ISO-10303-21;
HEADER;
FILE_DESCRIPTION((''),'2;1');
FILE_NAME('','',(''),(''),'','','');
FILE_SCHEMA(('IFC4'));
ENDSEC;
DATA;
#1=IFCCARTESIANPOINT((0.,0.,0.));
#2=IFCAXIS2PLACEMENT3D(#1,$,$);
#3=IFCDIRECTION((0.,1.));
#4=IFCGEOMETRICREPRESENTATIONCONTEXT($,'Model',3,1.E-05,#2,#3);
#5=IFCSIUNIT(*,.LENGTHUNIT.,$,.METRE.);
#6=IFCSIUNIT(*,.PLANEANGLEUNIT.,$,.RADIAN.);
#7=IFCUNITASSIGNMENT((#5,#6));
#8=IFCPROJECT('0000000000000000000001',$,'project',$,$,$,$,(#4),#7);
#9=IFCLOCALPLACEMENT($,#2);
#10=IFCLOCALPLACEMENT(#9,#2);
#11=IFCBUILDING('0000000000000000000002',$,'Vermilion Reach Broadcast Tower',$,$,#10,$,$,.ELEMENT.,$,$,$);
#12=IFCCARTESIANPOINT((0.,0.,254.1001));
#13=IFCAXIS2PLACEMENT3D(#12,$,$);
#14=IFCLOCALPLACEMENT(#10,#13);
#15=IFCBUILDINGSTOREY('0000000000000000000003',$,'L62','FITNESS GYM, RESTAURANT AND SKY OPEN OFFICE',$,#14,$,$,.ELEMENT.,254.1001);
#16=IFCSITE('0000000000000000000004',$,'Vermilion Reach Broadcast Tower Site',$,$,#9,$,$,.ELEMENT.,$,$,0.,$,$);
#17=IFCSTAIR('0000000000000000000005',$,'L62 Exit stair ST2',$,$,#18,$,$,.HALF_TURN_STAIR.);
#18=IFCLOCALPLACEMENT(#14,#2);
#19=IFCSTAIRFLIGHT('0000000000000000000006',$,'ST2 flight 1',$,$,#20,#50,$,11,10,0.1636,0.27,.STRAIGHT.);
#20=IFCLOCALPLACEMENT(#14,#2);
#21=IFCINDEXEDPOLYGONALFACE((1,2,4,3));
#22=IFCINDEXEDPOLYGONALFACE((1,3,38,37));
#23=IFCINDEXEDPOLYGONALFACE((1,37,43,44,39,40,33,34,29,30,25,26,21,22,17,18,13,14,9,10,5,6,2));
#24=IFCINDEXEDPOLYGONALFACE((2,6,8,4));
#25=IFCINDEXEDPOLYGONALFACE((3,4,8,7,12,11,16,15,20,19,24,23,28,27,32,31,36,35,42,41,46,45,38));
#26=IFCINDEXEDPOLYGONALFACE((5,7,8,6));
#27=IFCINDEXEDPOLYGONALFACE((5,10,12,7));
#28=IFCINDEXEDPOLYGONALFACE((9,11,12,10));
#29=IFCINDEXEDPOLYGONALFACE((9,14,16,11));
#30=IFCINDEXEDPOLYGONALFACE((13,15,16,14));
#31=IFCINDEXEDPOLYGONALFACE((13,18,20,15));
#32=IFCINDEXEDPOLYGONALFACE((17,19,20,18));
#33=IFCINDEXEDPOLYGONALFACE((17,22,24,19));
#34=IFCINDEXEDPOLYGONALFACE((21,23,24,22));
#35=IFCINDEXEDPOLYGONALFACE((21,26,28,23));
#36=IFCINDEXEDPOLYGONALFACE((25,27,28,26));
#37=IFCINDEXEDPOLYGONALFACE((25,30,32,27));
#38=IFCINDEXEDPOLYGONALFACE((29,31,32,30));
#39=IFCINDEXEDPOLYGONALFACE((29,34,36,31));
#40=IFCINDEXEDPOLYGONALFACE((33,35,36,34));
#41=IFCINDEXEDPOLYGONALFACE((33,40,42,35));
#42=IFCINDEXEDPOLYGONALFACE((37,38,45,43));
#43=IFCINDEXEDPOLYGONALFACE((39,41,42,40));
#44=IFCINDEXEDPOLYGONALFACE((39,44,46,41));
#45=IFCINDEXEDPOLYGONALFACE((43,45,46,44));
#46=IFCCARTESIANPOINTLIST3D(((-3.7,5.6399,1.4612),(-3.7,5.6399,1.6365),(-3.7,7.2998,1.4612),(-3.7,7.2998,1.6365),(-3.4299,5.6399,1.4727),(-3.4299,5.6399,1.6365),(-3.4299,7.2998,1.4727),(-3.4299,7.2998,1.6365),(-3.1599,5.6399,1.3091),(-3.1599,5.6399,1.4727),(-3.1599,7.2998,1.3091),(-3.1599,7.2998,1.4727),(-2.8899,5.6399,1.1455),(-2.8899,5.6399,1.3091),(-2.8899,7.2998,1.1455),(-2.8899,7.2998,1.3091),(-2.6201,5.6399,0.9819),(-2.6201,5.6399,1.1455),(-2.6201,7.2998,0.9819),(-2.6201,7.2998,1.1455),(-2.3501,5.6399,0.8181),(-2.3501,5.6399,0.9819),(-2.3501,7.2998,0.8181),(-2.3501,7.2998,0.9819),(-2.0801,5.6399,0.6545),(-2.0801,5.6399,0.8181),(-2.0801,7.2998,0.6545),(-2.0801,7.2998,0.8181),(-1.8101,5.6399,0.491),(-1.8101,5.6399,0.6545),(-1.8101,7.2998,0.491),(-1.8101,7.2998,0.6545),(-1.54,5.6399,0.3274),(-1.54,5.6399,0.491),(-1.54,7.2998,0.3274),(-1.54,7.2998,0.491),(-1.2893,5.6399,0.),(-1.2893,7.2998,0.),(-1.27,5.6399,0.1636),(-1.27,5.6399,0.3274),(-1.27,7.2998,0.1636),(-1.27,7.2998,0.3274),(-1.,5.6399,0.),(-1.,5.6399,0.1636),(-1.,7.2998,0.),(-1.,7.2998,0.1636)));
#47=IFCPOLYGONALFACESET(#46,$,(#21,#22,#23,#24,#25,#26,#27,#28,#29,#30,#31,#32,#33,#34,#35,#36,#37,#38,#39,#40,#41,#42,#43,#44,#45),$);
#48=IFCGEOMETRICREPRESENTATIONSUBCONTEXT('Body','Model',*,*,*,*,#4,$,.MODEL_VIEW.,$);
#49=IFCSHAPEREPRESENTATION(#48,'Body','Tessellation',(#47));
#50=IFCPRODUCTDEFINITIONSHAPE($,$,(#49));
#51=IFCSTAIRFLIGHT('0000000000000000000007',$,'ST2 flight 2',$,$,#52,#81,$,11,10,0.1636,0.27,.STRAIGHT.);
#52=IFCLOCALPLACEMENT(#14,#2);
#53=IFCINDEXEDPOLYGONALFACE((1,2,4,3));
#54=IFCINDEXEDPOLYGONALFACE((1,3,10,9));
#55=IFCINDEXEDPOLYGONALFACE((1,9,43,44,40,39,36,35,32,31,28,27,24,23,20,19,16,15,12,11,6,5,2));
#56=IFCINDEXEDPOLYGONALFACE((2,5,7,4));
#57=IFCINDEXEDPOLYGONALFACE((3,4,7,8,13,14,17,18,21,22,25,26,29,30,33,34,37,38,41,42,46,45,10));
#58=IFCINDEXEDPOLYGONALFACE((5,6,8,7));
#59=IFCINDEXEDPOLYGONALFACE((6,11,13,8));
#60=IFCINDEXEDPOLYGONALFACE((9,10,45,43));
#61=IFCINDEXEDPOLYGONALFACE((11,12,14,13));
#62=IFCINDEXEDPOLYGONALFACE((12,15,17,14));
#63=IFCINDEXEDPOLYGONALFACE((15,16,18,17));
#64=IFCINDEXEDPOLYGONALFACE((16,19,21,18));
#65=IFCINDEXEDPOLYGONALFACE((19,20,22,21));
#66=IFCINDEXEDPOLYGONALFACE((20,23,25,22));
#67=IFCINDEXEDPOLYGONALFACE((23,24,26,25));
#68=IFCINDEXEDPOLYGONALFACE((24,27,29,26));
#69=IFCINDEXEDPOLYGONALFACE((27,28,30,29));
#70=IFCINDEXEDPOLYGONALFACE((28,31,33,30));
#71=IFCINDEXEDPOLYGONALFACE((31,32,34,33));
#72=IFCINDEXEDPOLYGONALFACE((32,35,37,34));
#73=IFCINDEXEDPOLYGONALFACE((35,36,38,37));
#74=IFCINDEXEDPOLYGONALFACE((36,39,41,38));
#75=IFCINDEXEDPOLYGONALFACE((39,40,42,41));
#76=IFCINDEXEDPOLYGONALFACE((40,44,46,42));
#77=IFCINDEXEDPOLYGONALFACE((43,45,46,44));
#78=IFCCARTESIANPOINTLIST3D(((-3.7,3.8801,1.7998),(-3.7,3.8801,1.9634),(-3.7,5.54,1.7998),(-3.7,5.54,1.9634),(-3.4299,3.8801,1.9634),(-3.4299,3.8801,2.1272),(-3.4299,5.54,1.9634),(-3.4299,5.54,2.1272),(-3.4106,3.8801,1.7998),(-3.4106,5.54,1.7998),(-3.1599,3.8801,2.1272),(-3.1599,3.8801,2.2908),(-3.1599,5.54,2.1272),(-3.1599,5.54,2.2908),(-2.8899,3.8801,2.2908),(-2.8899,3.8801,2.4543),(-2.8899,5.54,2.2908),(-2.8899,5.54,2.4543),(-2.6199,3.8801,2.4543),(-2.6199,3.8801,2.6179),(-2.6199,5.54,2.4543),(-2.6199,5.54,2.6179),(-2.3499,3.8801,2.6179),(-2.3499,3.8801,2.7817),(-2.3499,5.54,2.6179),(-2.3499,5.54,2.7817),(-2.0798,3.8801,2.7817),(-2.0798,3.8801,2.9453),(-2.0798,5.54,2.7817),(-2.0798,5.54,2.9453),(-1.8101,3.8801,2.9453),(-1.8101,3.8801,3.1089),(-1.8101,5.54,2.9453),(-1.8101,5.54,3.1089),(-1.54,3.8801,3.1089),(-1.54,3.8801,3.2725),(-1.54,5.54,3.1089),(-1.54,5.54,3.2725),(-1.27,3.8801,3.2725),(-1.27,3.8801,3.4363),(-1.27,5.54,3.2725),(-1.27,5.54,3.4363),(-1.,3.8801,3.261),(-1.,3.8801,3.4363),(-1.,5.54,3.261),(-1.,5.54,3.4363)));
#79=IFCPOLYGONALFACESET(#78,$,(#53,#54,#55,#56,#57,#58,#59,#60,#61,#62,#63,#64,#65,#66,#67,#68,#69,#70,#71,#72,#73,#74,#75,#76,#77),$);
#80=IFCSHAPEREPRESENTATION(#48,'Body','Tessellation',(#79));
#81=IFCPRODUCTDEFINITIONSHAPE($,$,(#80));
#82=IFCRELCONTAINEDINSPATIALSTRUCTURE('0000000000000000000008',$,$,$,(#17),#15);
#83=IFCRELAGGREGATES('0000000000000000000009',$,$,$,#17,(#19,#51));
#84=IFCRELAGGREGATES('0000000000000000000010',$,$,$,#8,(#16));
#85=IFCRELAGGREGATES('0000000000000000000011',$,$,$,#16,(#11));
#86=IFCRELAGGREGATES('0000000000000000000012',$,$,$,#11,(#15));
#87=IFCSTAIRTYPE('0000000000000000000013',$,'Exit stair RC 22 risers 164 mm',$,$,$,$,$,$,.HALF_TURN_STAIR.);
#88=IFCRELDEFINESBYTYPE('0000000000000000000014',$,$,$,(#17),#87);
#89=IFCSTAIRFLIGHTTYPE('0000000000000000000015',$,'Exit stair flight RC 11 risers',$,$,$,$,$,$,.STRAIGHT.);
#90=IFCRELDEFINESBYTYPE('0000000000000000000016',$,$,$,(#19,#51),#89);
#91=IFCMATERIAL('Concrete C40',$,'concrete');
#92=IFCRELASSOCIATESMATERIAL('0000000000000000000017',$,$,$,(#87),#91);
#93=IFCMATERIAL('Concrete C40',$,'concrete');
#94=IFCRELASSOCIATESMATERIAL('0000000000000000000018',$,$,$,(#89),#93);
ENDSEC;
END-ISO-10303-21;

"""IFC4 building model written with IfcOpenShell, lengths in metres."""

from ifc_helpers import new_model, si_unit, direction, frame, origin, place, context, subcontext, project, spatial, polyline, outline, extrude, material, type_object, element, aggregate, save


model = new_model("IFC4")

# Units and contexts
model_context = context("Model", 3, precision=1e-05, world=origin(), true_north=direction((0.0, 1.0)))
body_context = subcontext(model_context, "Body", "Model", "MODEL_VIEW")
ifc_project = project(units=[si_unit("LENGTHUNIT", "METRE"), si_unit("PLANEANGLEUNIT", "RADIAN")], contexts=[model_context])

# Site, building, storey
site_placement = place(None, origin())
site = spatial("IfcSite", under=ifc_project, at=site_placement, Name="Vermilion Reach Broadcast Tower Site", CompositionType="ELEMENT", RefElevation=0.0)
building_placement = place(site_placement, origin())
building = spatial("IfcBuilding", under=site, at=building_placement, Name="Vermilion Reach Broadcast Tower", CompositionType="ELEMENT")
storey_placement = place(building_placement, frame((0.0, 0.0, 254.1001)))
storey = spatial("IfcBuildingStorey", under=building, at=storey_placement, Name="L62", Description="FITNESS GYM, RESTAURANT AND SKY OPEN OFFICE", CompositionType="ELEMENT", Elevation=254.1001)

# Stair, stair flights
ifc_material_1 = material(Name="Concrete C40", Category="concrete")
stair_type = type_object("IfcStairType", Name="Exit stair RC 22 risers 164 mm", PredefinedType="HALF_TURN_STAIR", material=ifc_material_1)
stair_placement = place(storey_placement, origin())
stair = element("IfcStair", 1, at=stair_placement, inside=storey, type_object=stair_type, Name="L62 Exit stair ST2", PredefinedType="HALF_TURN_STAIR")
ifc_material_2 = material(Name="Concrete C40", Category="concrete")
stair_flight_type = type_object("IfcStairFlightType", Name="Exit stair flight RC 11 risers", PredefinedType="STRAIGHT", material=ifc_material_2)
stair_flight_1_placement = place(storey_placement, frame((-1.0, 6.47, 0.0), z_axis=(0.0, 0.0, 1.0), x_axis=(-1.0, 0.0, 0.0)))
stair_flight_1 = element("IfcStairFlight", 2, at=stair_flight_1_placement, type_object=stair_flight_type, Name="ST2 flight 1", NumberOfRisers=11, NumberOfTreads=10, PredefinedType="STRAIGHT", RiserHeight=0.1636, TreadLength=0.27, context=body_context, shape_type="SweptSolid", body=[
    extrude(outline(polyline([(0.0, 0.0), (0.0, 0.1636), (0.27, 0.1636), (0.27, 0.3274), (0.54, 0.3274), (0.54, 0.491), (0.8101, 0.491), (0.8101, 0.6545), (1.0801, 0.6545), (1.0801, 0.8181), (1.3501, 0.8181), (1.3501, 0.9819), (1.6201, 0.9819), (1.6201, 1.1455), (1.8899, 1.1455), (1.8899, 1.3091), (2.1599, 1.3091), (2.1599, 1.4727), (2.4299, 1.4727), (2.4299, 1.6365), (2.7, 1.6365), (2.7, 1.8), (2.7, 1.4612), (0.2893, 0.0), (0.0, 0.0)])), frame((0.0, 0.8301, 0.0), z_axis=(0.0, -1.0, 0.0), x_axis=(1.0, 0.0, 0.0)), (0.0, 0.0, 1.0), 1.6599),
])
stair_flight_2_placement = place(storey_placement, frame((-3.7, 4.71, 1.7998), z_axis=(0.0, 0.0, 1.0), x_axis=(1.0, 0.0, 0.0)))
stair_flight_2 = element("IfcStairFlight", 3, at=stair_flight_2_placement, type_object=stair_flight_type, Name="ST2 flight 2", NumberOfRisers=11, NumberOfTreads=10, PredefinedType="STRAIGHT", RiserHeight=0.1636, TreadLength=0.27, context=body_context, shape_type="SweptSolid", body=[
    extrude(outline(polyline([(0.0, 0.0), (0.0, 0.1636), (0.27, 0.1636), (0.27, 0.3274), (0.54, 0.3274), (0.54, 0.491), (0.8101, 0.491), (0.8101, 0.6545), (1.0801, 0.6545), (1.0801, 0.8181), (1.3501, 0.8181), (1.3501, 0.9819), (1.6201, 0.9819), (1.6201, 1.1455), (1.8899, 1.1455), (1.8899, 1.3091), (2.1599, 1.3091), (2.1599, 1.4727), (2.4299, 1.4727), (2.4299, 1.6365), (2.7, 1.6365), (2.7, 1.8), (2.7, 1.4612), (0.2893, 0.0), (0.0, 0.0)])), frame((0.0, 0.8301, 0.0), z_axis=(0.0, -1.0, 0.0), x_axis=(1.0, 0.0, 0.0)), (0.0, 0.0, 1.0), 1.6599),
])
aggregate(stair, [stair_flight_1, stair_flight_2])

save(model, "model.ifc")
